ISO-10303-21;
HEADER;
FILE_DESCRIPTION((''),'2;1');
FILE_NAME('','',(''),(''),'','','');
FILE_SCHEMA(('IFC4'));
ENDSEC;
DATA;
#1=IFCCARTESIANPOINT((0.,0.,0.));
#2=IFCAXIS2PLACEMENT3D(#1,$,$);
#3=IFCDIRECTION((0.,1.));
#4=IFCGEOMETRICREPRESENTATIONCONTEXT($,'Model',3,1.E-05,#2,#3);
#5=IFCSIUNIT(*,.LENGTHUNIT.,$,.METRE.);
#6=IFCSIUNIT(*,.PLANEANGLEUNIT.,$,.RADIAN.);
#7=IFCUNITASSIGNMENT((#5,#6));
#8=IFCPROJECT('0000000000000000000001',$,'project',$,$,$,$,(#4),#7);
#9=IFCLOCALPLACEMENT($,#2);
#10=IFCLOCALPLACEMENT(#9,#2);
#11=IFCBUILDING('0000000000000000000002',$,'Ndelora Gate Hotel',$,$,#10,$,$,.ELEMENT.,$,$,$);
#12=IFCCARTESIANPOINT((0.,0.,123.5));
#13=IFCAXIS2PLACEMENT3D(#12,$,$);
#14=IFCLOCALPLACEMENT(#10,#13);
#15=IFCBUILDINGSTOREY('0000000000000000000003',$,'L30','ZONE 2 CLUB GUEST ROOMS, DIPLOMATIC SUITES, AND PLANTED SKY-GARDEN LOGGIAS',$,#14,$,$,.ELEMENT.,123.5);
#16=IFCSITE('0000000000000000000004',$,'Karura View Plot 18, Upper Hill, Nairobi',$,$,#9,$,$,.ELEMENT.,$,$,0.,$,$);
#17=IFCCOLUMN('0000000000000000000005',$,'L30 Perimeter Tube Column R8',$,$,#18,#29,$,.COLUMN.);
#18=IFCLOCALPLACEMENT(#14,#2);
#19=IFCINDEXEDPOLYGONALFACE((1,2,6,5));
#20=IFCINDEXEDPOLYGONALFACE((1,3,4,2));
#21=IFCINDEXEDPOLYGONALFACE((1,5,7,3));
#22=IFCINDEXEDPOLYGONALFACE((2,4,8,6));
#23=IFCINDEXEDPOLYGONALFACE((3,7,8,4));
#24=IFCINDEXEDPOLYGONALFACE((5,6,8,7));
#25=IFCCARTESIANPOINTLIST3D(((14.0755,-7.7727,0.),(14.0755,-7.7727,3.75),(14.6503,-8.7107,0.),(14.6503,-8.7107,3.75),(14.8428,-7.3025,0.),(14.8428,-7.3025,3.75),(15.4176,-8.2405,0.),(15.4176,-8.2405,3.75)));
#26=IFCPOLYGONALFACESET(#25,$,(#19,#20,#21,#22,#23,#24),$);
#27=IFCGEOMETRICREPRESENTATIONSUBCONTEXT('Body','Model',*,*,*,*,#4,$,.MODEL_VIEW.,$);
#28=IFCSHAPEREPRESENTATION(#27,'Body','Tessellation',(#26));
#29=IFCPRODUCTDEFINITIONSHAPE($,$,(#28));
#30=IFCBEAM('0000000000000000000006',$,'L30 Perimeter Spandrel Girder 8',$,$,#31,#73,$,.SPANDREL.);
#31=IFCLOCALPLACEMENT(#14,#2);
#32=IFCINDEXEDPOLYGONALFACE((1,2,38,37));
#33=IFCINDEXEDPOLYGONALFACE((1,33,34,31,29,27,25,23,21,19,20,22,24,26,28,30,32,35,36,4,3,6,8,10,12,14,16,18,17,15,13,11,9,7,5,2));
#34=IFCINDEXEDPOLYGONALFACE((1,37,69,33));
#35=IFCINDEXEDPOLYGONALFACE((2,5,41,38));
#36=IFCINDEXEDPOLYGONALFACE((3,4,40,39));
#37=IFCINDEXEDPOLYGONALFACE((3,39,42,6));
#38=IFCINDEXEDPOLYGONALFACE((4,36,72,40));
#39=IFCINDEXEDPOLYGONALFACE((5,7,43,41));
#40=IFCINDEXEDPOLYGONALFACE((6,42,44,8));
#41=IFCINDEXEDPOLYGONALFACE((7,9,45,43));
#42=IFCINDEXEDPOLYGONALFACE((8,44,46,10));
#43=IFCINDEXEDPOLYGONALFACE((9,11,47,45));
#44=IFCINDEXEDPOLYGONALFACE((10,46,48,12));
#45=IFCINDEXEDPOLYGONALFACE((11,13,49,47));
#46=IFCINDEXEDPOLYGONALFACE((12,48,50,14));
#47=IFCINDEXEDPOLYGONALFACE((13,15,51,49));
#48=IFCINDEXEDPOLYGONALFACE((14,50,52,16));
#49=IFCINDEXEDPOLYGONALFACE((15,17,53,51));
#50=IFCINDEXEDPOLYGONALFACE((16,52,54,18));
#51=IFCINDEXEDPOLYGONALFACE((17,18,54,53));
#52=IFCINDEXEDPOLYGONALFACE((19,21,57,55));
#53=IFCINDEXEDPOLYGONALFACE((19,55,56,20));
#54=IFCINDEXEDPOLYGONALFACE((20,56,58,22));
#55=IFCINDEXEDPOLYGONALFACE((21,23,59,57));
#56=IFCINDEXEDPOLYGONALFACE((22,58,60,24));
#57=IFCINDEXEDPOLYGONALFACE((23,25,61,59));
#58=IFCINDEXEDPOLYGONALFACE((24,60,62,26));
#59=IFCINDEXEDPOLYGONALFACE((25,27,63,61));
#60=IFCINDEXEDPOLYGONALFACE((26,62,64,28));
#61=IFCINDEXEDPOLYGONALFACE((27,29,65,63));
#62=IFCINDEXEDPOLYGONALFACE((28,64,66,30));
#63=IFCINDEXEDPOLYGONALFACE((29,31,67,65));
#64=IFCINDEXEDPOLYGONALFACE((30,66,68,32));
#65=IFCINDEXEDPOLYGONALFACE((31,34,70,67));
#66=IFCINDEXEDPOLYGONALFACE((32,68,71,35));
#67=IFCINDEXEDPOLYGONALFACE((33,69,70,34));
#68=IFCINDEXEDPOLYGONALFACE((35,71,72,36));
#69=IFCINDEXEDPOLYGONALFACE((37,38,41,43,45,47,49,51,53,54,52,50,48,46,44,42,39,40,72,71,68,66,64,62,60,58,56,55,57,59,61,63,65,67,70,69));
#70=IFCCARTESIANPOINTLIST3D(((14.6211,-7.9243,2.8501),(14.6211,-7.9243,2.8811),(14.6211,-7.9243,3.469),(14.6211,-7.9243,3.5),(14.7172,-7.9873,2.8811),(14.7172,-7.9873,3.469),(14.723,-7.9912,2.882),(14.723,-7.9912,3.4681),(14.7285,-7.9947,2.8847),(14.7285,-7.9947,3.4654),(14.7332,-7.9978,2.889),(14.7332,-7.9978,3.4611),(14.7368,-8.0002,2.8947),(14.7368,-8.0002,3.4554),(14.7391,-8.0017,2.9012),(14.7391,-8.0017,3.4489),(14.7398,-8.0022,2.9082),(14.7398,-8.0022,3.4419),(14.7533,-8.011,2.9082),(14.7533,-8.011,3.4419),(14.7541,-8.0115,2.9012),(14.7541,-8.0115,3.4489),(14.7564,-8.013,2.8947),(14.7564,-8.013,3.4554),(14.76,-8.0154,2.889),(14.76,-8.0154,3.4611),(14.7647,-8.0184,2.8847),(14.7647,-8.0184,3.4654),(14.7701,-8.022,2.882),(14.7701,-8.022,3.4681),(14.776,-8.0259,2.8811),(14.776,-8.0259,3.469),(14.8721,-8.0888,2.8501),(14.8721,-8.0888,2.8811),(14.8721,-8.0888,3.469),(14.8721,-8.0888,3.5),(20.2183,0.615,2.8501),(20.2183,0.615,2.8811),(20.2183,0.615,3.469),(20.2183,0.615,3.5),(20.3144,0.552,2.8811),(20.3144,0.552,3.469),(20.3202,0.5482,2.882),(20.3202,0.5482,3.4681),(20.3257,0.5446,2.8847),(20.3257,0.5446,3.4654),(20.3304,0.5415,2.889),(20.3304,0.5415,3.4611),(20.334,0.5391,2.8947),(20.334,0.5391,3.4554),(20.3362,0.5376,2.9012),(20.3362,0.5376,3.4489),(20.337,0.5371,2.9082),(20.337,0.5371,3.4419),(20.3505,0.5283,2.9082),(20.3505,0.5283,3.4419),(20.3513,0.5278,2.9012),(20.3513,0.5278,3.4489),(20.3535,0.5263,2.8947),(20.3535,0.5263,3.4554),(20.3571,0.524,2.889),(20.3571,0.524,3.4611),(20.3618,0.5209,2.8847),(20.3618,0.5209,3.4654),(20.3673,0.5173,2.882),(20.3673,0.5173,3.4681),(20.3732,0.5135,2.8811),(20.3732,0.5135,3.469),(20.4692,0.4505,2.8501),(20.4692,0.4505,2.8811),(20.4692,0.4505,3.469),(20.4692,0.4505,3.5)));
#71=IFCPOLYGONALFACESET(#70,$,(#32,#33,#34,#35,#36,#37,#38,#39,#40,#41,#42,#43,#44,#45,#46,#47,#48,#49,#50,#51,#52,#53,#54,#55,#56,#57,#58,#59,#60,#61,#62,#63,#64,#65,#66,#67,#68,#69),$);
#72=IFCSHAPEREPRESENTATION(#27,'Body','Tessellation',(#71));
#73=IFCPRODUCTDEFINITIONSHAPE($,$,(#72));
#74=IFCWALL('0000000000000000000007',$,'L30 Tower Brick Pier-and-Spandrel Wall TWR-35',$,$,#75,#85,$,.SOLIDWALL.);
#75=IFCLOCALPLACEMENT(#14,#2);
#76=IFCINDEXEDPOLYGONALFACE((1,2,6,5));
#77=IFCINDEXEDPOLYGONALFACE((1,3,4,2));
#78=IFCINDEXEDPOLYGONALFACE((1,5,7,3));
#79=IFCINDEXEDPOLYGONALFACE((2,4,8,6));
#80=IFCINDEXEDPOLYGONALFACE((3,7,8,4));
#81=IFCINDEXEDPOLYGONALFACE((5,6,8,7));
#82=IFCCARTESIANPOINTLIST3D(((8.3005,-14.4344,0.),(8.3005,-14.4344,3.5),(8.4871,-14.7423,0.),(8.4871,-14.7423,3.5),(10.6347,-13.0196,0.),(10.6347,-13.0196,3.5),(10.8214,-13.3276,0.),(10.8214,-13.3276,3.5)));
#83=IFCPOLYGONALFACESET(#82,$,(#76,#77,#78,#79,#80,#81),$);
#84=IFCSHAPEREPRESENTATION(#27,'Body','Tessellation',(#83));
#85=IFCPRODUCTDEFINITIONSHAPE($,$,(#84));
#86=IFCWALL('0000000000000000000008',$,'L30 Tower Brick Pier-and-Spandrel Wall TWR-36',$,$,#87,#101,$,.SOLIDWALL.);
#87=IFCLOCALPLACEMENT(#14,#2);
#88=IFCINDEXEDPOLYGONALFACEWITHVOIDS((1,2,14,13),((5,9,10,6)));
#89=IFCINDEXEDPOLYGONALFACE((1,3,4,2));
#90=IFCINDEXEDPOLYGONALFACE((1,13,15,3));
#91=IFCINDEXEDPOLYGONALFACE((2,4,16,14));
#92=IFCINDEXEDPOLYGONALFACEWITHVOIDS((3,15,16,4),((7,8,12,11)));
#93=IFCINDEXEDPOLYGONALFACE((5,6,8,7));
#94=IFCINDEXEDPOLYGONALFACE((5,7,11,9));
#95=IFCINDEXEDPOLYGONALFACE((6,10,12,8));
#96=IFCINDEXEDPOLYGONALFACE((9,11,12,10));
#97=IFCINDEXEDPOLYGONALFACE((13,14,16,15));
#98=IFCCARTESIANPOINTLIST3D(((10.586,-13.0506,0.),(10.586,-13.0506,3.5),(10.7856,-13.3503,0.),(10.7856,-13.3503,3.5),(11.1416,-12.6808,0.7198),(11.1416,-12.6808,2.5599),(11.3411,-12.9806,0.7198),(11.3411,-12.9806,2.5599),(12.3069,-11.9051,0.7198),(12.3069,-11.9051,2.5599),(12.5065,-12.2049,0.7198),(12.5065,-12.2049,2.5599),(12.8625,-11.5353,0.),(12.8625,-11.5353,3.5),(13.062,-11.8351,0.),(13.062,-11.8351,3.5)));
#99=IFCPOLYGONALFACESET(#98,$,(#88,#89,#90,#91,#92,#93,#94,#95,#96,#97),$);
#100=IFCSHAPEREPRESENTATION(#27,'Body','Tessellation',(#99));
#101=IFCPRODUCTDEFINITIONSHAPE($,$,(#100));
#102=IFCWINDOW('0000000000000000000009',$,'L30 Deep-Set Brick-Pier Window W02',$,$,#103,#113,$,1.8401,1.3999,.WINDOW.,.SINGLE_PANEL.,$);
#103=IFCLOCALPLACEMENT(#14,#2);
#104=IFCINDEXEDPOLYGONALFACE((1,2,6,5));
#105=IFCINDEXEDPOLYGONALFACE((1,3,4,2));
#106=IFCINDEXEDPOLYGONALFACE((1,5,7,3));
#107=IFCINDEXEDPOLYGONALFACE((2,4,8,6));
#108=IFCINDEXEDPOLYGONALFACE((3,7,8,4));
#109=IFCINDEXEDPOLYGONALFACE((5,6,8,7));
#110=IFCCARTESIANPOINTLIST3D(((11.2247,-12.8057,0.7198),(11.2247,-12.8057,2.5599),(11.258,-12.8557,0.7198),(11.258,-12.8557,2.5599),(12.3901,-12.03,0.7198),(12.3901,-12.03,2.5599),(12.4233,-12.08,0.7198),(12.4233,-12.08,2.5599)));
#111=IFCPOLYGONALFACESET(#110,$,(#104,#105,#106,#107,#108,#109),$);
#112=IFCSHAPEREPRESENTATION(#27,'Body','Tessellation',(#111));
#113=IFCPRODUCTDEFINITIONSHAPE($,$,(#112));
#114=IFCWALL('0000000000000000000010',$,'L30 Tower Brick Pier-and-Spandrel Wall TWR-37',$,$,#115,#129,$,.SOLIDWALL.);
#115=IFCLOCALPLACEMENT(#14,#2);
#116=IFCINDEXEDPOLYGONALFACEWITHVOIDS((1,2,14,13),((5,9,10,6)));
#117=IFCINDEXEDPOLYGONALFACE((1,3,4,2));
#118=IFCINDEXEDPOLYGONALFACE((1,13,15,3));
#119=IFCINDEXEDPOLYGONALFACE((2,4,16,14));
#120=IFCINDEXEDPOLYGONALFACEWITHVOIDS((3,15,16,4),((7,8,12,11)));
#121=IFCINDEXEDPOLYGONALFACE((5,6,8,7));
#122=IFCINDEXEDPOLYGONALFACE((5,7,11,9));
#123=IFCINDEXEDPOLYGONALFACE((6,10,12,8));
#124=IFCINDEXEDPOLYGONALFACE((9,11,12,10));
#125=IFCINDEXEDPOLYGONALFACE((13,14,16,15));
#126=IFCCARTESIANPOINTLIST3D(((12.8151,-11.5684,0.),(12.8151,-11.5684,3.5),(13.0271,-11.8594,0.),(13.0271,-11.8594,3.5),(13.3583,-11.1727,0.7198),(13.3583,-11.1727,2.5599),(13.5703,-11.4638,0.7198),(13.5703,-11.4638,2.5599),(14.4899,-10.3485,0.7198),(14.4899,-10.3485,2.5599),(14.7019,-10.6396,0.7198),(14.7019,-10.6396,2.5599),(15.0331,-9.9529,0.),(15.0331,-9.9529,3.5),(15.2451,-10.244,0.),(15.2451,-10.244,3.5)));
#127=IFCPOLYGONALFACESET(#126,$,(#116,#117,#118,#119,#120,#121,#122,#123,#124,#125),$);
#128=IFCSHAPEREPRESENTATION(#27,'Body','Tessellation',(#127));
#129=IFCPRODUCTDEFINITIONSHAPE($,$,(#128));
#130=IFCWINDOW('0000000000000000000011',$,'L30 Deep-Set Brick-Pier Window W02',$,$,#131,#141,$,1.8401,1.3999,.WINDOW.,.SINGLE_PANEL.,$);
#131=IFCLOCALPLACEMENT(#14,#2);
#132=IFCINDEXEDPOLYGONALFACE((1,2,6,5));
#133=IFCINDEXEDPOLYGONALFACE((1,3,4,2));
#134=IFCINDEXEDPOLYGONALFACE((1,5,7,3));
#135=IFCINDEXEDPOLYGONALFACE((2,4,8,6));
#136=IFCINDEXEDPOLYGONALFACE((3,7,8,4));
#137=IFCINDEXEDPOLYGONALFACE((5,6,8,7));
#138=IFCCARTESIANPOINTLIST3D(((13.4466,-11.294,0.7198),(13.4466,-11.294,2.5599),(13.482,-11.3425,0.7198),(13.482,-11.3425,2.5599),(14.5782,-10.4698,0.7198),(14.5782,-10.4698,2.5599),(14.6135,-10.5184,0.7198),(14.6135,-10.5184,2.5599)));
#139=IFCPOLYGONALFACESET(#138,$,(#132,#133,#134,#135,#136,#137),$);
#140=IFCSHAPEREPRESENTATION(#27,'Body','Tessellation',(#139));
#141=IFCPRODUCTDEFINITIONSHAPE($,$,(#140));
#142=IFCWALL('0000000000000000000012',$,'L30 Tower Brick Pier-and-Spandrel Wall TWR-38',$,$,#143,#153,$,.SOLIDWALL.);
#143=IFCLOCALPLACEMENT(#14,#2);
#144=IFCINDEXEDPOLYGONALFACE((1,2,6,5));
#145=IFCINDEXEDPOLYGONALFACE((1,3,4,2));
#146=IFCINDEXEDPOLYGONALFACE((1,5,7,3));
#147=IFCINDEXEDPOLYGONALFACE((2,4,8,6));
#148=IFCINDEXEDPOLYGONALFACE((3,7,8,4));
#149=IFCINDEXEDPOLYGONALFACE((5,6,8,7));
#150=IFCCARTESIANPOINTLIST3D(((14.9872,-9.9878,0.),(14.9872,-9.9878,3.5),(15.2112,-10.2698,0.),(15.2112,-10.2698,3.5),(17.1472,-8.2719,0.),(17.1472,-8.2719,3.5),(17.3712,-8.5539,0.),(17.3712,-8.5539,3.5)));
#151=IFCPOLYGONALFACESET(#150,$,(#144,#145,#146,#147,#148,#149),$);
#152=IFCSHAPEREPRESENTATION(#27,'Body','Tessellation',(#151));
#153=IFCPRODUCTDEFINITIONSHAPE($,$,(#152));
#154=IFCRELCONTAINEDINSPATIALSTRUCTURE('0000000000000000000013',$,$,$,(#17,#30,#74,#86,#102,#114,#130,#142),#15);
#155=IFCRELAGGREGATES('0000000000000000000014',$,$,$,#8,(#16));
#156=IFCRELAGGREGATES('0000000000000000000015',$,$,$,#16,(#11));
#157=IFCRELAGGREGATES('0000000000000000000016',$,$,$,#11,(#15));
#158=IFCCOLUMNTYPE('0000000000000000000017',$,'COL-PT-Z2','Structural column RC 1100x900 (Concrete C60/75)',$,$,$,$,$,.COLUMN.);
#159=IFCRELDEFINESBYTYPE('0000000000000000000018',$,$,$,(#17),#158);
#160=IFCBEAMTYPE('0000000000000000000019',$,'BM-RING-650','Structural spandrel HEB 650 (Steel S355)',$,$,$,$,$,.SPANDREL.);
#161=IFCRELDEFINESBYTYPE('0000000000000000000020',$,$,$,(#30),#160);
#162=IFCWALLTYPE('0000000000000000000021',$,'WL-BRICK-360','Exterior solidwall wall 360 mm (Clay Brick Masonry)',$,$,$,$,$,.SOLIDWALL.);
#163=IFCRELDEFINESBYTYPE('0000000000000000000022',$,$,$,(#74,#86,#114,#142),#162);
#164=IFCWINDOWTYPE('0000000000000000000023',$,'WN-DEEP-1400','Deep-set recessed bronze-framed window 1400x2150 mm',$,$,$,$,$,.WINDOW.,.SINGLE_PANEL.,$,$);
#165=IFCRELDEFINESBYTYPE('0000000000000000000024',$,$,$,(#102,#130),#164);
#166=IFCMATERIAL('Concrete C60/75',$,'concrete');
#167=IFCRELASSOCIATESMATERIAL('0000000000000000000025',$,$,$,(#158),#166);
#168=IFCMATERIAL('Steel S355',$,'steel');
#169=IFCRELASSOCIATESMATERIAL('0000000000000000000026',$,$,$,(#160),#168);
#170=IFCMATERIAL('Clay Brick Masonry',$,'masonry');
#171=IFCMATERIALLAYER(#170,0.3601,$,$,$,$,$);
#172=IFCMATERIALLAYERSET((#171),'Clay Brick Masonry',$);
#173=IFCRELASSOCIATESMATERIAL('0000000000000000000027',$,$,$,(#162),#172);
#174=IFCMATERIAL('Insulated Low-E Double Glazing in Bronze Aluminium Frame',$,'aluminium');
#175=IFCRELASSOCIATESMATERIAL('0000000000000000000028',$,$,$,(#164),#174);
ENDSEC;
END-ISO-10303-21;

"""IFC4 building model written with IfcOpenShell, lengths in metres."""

from ifc_helpers import new_model, si_unit, direction, frame, frame_2d, origin, origin_2d, place, context, subcontext, project, spatial, rectangle, i_section, extrude, material, layer, layer_set, material_profile, profile_set, type_object, element, fill, save


model = new_model("IFC4")

# Units and contexts
model_context = context("Model", 3, precision=1e-05, world=origin(), true_north=direction((0.0, 1.0)))
body_context = subcontext(model_context, "Body", "Model", "MODEL_VIEW")
ifc_project = project(units=[si_unit("LENGTHUNIT", "METRE"), si_unit("PLANEANGLEUNIT", "RADIAN")], contexts=[model_context])

# Site, building, storey
site_placement = place(None, origin())
site = spatial("IfcSite", under=ifc_project, at=site_placement, Name="Karura View Plot 18, Upper Hill, Nairobi", CompositionType="ELEMENT", RefElevation=0.0)
building_placement = place(site_placement, origin())
building = spatial("IfcBuilding", under=site, at=building_placement, Name="Ndelora Gate Hotel", CompositionType="ELEMENT")
storey_placement = place(building_placement, frame((0.0, 0.0, 123.5)))
storey = spatial("IfcBuildingStorey", under=building, at=storey_placement, Name="L30", Description="ZONE 2 CLUB GUEST ROOMS, DIPLOMATIC SUITES, AND PLANTED SKY-GARDEN LOGGIAS", CompositionType="ELEMENT", Elevation=123.5)

# Column
ifc_material_1 = material(Name="Concrete C60/75", Category="concrete")
ifc_material_profile_1 = material_profile(ifc_material_1, rectangle(XDim=0.8999, YDim=1.1001, at=origin_2d()), Name="RC 1100x900")
ifc_profile_set_1 = profile_set([ifc_material_profile_1], Name="Concrete C60/75")
column_type = type_object("IfcColumnType", Name="COL-PT-Z2", Description="Structural column RC 1100x900 (Concrete C60/75)", PredefinedType="COLUMN", material=ifc_profile_set_1)
column_placement = place(storey_placement, frame((14.7466, -8.0066, 0.0), z_axis=(0.0, 0.0, 1.0), x_axis=(0.85264, 0.522499, 0.0)))
element("IfcColumn", 1, at=column_placement, inside=storey, type_object=column_type, Name="L30 Perimeter Tube Column R8", PredefinedType="COLUMN", context=body_context, shape_type="SweptSolid", body=[
    extrude(rectangle(XDim=0.8999, YDim=1.1001, at=origin_2d()), origin(), (0.0, 0.0, 1.0), 3.75),
])

# Beam
ifc_material_2 = material(Name="Steel S355", Category="steel")
ifc_material_profile_2 = material_profile(ifc_material_2, i_section(OverallWidth=0.3, OverallDepth=0.6499, WebThickness=0.0161, FlangeThickness=0.031, FilletRadius=0.0271, at=origin_2d()), Name="HEB 650")
ifc_profile_set_2 = profile_set([ifc_material_profile_2], Name="Steel S355")
beam_type = type_object("IfcBeamType", Name="BM-RING-650", Description="Structural spandrel HEB 650 (Steel S355)", PredefinedType="SPANDREL", material=ifc_profile_set_2)
beam_placement = place(storey_placement, frame((14.7466, -8.0066, 3.175), z_axis=(0.548194, 0.836351, 0.0), x_axis=(-0.836351, 0.548194, 0.0)))
element("IfcBeam", 2, at=beam_placement, inside=storey, type_object=beam_type, Name="L30 Perimeter Spandrel Girder 8", PredefinedType="SPANDREL", context=body_context, shape_type="SweptSolid", body=[
    extrude(i_section(OverallWidth=0.3, OverallDepth=0.6499, WebThickness=0.0161, FlangeThickness=0.031, FilletRadius=0.0271, at=origin_2d()), origin(), (0.0, 0.0, 1.0), 10.2102),
])

# Wall
ifc_material_3 = material(Name="Clay Brick Masonry", Category="masonry")
ifc_layer_1 = layer(ifc_material_3, 0.3601)
ifc_layer_set_1 = layer_set([ifc_layer_1], Name="Clay Brick Masonry")
wall_type_1 = type_object("IfcWallType", Name="WL-BRICK-360", Description="Exterior solidwall wall 360 mm (Clay Brick Masonry)", PredefinedType="SOLIDWALL", material=ifc_layer_set_1)
wall_1_placement = place(storey_placement, frame((10.728, -13.1736, 0.0), z_axis=(0.0, 0.0, 1.0), x_axis=(-0.85518, -0.518331, 0.0)))
element("IfcWall", 3, at=wall_1_placement, inside=storey, type_object=wall_type_1, Name="L30 Tower Brick Pier-and-Spandrel Wall TWR-35", PredefinedType="SOLIDWALL", context=body_context, shape_type="SweptSolid", body=[
    extrude(rectangle(XDim=2.7295, YDim=0.3601, at=frame_2d((1.3647, 0.0))), origin(), (0.0, 0.0, 1.0), 3.5),
])

# Walls, openings, windows
wall_2_placement = place(storey_placement, frame((12.9622, -11.6853, 0.0), z_axis=(0.0, 0.0, 1.0), x_axis=(-0.832462, -0.554082, 0.0)))
wall_2 = element("IfcWall", 4, at=wall_2_placement, inside=storey, type_object=wall_type_1, Name="L30 Tower Brick Pier-and-Spandrel Wall TWR-36", PredefinedType="SOLIDWALL", context=body_context, shape_type="SweptSolid", body=[
    extrude(rectangle(XDim=2.7346, YDim=0.3601, at=frame_2d((1.3672, 0.0))), origin(), (0.0, 0.0, 1.0), 3.5),
])
opening_1_placement = place(wall_2_placement, frame((0.6672, 0.0, 0.72)))
opening_1 = element("IfcOpeningElement", 5, at=opening_1_placement, cuts=wall_2, PredefinedType="OPENING", context=body_context, shape_type="SweptSolid", body=[
    extrude(rectangle(XDim=1.3999, YDim=1.8401, at=frame_2d((0.7, 0.9199))), frame((0.0, 0.1899, 0.0), z_axis=(0.0, -1.0, 0.0), x_axis=(1.0, 0.0, 0.0)), (0.0, 0.0, 1.0), 0.3801),
])
ifc_material_4 = material(Name="Insulated Low-E Double Glazing in Bronze Aluminium Frame", Category="aluminium")
window_type_1 = type_object("IfcWindowType", Name="WN-DEEP-1400", Description="Deep-set recessed bronze-framed window 1400x2150 mm", PartitioningType="SINGLE_PANEL", PredefinedType="WINDOW", material=ifc_material_4)
window_1_placement = place(opening_1_placement, origin())
window_1 = element("IfcWindow", 6, at=window_1_placement, inside=storey, type_object=window_type_1, Name="L30 Deep-Set Brick-Pier Window W02", OverallHeight=1.8401, OverallWidth=1.3999, PartitioningType="SINGLE_PANEL", PredefinedType="WINDOW", context=body_context, shape_type="SweptSolid", body=[
    extrude(rectangle(XDim=1.3999, YDim=1.8401, at=frame_2d((0.7, 0.9199))), frame((0.0, 0.03, 0.0), z_axis=(0.0, -1.0, 0.0), x_axis=(1.0, 0.0, 0.0)), (0.0, 0.0, 1.0), 0.0601),
])
fill(opening_1, window_1)
wall_3_placement = place(storey_placement, frame((15.1392, -10.0984, 0.0), z_axis=(0.0, 0.0, 1.0), x_axis=(-0.808324, -0.588738, 0.0)))
wall_3 = element("IfcWall", 7, at=wall_3_placement, inside=storey, type_object=wall_type_1, Name="L30 Tower Brick Pier-and-Spandrel Wall TWR-37", PredefinedType="SOLIDWALL", context=body_context, shape_type="SweptSolid", body=[
    extrude(rectangle(XDim=2.7439, YDim=0.3601, at=frame_2d((1.3721, 0.0))), origin(), (0.0, 0.0, 1.0), 3.5),
])
opening_2_placement = place(wall_3_placement, frame((0.6721, 0.0, 0.72)))
opening_2 = element("IfcOpeningElement", 8, at=opening_2_placement, cuts=wall_3, PredefinedType="OPENING", context=body_context, shape_type="SweptSolid", body=[
    extrude(rectangle(XDim=1.3999, YDim=1.8401, at=frame_2d((0.7, 0.9199))), frame((0.0, 0.1899, 0.0), z_axis=(0.0, -1.0, 0.0), x_axis=(1.0, 0.0, 0.0)), (0.0, 0.0, 1.0), 0.3801),
])
window_2_placement = place(opening_2_placement, origin())
window_2 = element("IfcWindow", 9, at=window_2_placement, inside=storey, type_object=window_type_1, Name="L30 Deep-Set Brick-Pier Window W02", OverallHeight=1.8401, OverallWidth=1.3999, PartitioningType="SINGLE_PANEL", PredefinedType="WINDOW", context=body_context, shape_type="SweptSolid", body=[
    extrude(rectangle(XDim=1.3999, YDim=1.8401, at=frame_2d((0.7, 0.9199))), frame((0.0, 0.03, 0.0), z_axis=(0.0, -1.0, 0.0), x_axis=(1.0, 0.0, 0.0)), (0.0, 0.0, 1.0), 0.0601),
])
fill(opening_2, window_2)

# Wall
wall_4_placement = place(storey_placement, frame((17.2593, -8.4128, 0.0), z_axis=(0.0, 0.0, 1.0), x_axis=(-0.783006, -0.622015, 0.0)))
element("IfcWall", 10, at=wall_4_placement, inside=storey, type_object=wall_type_1, Name="L30 Tower Brick Pier-and-Spandrel Wall TWR-38", PredefinedType="SOLIDWALL", context=body_context, shape_type="SweptSolid", body=[
    extrude(rectangle(XDim=2.7585, YDim=0.3601, at=frame_2d((1.3794, 0.0))), origin(), (0.0, 0.0, 1.0), 3.5),
])

save(model, "model.ifc")
